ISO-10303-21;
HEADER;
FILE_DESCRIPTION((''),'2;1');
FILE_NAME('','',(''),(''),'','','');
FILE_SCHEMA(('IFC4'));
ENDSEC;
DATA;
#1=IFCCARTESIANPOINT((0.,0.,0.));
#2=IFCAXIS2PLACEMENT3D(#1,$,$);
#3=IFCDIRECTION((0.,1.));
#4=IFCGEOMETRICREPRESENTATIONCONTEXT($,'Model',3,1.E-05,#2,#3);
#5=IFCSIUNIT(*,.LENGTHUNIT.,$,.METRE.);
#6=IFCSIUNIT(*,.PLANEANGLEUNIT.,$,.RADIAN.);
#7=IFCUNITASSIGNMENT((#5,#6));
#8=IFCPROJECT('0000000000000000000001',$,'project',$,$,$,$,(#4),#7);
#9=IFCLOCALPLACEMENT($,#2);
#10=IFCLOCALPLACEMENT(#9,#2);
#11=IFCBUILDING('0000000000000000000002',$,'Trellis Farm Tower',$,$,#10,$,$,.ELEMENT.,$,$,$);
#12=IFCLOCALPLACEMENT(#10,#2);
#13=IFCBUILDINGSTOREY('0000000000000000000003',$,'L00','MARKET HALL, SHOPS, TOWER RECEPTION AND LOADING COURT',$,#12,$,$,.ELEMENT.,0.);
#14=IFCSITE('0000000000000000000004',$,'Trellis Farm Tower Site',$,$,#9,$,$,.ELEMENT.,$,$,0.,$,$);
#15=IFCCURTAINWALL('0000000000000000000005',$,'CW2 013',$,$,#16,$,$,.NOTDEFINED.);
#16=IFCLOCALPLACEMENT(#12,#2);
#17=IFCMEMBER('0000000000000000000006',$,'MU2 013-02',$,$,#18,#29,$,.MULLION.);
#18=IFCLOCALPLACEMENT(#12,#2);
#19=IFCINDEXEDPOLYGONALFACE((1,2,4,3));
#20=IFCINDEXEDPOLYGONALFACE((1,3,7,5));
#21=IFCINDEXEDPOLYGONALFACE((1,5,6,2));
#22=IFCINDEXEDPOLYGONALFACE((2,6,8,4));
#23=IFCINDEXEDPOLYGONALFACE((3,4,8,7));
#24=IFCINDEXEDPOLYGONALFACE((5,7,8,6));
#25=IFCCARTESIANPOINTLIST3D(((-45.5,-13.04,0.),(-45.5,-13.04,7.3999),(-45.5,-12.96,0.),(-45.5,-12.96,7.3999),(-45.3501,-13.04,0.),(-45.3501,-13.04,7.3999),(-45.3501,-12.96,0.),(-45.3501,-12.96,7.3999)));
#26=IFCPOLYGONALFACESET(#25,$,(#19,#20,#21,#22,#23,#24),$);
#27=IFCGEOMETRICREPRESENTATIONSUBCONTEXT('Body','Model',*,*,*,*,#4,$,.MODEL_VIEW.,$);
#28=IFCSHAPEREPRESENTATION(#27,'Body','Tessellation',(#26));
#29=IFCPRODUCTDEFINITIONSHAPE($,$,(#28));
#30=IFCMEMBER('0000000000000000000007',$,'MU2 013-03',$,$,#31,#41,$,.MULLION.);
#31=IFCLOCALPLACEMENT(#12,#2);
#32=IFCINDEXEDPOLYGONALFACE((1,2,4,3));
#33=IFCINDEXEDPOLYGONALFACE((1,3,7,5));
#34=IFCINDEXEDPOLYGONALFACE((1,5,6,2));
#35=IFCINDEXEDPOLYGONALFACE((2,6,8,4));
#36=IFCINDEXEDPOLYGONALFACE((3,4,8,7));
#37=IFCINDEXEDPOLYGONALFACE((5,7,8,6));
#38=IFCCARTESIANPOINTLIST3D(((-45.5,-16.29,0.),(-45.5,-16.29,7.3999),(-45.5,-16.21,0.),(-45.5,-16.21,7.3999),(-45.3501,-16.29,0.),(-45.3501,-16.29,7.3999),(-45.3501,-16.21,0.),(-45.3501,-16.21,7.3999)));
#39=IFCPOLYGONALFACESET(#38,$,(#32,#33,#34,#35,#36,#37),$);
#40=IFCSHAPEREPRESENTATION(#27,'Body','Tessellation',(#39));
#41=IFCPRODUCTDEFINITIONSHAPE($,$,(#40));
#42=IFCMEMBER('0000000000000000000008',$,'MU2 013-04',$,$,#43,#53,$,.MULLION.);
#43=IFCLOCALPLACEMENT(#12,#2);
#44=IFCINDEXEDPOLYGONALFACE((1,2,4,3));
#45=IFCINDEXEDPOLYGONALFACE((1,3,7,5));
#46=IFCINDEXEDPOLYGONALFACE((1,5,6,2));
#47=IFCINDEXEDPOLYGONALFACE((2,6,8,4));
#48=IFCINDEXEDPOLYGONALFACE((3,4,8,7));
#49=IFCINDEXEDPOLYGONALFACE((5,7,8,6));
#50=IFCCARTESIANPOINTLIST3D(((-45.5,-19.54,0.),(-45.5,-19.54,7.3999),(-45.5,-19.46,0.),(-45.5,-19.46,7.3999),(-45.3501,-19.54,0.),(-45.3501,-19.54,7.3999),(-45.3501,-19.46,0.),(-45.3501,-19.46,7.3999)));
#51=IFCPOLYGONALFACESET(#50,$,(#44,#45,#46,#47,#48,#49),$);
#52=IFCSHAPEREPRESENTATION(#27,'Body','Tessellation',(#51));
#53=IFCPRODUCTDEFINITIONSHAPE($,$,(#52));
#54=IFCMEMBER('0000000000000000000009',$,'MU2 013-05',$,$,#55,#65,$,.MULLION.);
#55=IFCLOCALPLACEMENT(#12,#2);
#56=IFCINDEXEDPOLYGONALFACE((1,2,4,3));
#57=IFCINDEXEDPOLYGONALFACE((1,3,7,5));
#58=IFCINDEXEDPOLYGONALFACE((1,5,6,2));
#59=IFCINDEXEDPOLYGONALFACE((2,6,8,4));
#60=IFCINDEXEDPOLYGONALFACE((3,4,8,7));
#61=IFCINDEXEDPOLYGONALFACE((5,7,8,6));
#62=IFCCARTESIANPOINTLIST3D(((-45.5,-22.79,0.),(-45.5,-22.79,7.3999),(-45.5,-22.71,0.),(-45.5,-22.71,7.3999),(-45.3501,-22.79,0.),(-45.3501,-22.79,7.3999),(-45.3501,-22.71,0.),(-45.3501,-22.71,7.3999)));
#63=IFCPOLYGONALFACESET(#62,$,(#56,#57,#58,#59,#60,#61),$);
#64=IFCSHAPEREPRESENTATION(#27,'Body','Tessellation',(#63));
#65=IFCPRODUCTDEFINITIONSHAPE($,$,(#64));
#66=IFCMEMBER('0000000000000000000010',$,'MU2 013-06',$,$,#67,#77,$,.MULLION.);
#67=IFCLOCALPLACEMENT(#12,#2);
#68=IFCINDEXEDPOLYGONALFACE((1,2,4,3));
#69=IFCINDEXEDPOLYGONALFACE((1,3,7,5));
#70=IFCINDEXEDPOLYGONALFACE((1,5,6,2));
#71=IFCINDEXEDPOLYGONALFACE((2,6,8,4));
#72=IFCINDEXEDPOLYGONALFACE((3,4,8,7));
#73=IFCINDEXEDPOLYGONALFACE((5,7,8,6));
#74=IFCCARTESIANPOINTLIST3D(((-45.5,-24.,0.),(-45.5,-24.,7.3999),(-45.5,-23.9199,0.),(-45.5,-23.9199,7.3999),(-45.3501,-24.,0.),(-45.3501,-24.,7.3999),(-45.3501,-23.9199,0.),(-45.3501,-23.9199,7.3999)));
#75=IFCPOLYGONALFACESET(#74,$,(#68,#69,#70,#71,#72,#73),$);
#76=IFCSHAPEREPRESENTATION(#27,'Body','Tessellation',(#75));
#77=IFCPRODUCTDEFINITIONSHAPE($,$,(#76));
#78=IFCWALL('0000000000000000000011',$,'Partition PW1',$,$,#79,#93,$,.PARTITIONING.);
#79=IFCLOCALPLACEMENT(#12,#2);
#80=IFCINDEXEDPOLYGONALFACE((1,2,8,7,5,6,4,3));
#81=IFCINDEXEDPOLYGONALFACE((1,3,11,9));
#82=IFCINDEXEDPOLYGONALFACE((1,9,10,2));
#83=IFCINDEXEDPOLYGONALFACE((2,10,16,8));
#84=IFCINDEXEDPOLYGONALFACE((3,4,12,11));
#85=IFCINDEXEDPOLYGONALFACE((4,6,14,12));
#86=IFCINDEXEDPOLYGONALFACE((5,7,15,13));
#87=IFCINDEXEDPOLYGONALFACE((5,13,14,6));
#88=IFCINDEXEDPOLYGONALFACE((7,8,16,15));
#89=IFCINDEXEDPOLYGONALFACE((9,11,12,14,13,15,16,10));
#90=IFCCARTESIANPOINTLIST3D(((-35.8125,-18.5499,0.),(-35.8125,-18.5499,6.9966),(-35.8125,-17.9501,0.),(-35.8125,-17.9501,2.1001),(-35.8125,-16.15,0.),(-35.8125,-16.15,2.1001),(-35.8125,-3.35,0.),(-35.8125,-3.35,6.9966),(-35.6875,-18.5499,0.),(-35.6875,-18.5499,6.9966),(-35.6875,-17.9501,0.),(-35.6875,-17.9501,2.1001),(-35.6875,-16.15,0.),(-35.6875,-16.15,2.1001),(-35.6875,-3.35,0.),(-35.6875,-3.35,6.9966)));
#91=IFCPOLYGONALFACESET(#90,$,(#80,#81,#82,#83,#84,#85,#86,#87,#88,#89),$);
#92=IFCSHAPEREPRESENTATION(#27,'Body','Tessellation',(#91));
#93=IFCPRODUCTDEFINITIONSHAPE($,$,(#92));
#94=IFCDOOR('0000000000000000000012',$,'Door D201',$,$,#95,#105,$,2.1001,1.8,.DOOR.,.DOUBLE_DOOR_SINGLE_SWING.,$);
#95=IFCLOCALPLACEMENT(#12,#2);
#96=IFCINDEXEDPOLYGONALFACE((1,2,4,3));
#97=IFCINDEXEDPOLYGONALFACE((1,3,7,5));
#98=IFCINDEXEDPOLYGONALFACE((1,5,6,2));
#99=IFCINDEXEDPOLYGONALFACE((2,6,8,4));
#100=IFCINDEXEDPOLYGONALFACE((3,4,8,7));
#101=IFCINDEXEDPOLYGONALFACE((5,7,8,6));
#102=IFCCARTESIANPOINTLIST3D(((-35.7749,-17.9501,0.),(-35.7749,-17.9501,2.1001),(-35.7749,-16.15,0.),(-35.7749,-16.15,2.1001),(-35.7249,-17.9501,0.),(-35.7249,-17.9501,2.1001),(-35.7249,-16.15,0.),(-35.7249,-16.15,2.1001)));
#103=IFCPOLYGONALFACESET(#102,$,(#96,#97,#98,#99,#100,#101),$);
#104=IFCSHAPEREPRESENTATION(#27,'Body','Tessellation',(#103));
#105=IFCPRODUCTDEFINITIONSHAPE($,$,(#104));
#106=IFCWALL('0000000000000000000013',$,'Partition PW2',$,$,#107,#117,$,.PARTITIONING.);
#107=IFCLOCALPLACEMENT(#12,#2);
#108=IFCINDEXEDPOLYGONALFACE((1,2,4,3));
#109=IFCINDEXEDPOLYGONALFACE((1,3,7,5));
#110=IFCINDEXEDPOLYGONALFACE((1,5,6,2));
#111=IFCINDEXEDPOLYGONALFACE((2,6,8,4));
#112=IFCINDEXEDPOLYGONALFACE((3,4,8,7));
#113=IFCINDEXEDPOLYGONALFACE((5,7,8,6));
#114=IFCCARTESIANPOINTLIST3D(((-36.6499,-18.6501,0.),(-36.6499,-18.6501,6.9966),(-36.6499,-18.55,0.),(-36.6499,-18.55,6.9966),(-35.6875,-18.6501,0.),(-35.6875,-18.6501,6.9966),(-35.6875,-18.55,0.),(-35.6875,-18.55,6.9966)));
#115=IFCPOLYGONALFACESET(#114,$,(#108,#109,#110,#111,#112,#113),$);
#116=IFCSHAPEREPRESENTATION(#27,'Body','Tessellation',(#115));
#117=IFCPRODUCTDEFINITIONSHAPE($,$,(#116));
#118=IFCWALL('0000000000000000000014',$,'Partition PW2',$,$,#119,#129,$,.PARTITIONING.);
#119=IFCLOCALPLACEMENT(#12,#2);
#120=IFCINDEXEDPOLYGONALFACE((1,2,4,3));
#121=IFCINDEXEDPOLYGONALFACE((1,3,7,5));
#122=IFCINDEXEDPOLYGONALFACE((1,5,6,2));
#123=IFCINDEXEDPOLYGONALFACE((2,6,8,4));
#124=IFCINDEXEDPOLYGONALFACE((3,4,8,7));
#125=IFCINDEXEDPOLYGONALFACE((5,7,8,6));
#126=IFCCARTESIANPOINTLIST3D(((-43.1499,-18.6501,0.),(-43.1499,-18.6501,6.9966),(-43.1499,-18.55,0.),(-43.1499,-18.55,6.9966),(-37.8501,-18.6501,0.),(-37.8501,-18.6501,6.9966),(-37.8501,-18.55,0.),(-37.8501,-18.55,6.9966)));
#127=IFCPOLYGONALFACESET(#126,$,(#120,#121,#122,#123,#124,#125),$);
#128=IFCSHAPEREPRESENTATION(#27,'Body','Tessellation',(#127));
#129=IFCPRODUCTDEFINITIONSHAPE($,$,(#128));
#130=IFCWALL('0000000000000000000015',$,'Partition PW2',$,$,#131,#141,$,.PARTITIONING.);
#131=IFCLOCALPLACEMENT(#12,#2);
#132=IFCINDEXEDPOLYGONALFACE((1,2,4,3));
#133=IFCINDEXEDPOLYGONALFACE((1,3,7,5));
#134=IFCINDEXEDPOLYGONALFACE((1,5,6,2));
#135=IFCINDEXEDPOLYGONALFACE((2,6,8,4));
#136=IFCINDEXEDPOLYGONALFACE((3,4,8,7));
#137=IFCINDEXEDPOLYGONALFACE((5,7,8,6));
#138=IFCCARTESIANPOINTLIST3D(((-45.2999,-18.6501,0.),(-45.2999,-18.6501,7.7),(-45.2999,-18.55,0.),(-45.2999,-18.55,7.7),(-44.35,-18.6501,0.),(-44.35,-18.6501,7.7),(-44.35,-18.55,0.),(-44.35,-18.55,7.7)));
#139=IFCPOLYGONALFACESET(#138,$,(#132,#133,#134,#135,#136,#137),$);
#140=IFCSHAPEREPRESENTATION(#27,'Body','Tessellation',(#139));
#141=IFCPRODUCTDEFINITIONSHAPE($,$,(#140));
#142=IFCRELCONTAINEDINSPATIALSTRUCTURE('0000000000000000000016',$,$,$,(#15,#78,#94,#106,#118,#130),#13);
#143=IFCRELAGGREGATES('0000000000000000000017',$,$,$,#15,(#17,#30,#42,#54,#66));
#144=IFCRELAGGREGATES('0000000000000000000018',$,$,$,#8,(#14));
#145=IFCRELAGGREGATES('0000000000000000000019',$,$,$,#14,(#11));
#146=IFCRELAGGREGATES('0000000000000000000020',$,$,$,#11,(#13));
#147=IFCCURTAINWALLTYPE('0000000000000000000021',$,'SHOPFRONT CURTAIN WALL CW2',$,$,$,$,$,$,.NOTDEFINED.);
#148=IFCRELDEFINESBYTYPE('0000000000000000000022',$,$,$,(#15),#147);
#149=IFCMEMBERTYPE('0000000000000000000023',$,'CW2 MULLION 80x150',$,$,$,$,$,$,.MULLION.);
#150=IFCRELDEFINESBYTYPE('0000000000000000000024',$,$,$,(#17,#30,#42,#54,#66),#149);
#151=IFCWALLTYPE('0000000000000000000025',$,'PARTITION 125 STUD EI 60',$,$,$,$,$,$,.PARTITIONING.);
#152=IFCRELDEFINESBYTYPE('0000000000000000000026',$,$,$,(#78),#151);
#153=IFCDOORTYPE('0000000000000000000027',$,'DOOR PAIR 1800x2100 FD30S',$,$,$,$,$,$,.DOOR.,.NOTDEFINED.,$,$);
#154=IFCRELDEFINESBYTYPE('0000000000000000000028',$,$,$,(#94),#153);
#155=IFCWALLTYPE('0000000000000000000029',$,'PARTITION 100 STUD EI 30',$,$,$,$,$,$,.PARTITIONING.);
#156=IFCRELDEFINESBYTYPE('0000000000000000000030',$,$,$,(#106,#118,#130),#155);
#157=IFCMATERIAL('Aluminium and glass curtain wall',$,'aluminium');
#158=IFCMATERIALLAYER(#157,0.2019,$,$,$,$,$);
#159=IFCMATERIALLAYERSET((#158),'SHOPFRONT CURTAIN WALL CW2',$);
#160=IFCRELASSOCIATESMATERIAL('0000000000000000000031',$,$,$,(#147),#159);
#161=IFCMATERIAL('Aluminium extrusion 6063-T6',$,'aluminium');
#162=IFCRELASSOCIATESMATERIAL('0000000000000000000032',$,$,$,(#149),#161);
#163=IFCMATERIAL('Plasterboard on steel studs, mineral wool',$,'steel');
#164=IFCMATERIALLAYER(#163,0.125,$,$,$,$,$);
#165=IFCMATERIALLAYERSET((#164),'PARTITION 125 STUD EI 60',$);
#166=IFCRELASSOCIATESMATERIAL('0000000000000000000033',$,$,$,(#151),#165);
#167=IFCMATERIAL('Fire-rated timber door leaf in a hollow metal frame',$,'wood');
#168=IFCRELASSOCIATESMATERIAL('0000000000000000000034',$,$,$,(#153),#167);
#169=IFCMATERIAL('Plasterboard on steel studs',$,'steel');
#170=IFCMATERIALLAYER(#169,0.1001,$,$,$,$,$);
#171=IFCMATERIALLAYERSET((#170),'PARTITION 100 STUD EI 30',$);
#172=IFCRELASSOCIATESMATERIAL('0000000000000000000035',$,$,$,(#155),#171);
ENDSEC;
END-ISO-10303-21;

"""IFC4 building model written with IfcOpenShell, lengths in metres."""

from ifc_helpers import new_model, si_unit, direction, frame, frame_2d, origin, origin_2d, place, context, subcontext, project, spatial, rectangle, extrude, source, transform, mapped, material, layer, layer_set, material_profile, profile_set, type_object, element, fill, aggregate, save


model = new_model("IFC4")

# Units and contexts
model_context = context("Model", 3, precision=1e-05, world=origin(), true_north=direction((0.0, 1.0)))
body_context = subcontext(model_context, "Body", "Model", "MODEL_VIEW")
ifc_project = project(units=[si_unit("LENGTHUNIT", "METRE"), si_unit("PLANEANGLEUNIT", "RADIAN")], contexts=[model_context])

# Site, building, storey
site_placement = place(None, origin())
site = spatial("IfcSite", under=ifc_project, at=site_placement, Name="Trellis Farm Tower Site", CompositionType="ELEMENT", RefElevation=0.0)
building_placement = place(site_placement, origin())
building = spatial("IfcBuilding", under=site, at=building_placement, Name="Trellis Farm Tower", CompositionType="ELEMENT")
storey_placement = place(building_placement, origin())
storey = spatial("IfcBuildingStorey", under=building, at=storey_placement, Name="L00", Description="MARKET HALL, SHOPS, TOWER RECEPTION AND LOADING COURT", CompositionType="ELEMENT", Elevation=0.0)

# Curtain wall, members
ifc_material_1 = material(Name="Aluminium and glass curtain wall", Category="aluminium")
ifc_layer_1 = layer(ifc_material_1, 0.2019)
ifc_layer_set_1 = layer_set([ifc_layer_1], Name="SHOPFRONT CURTAIN WALL CW2")
curtain_wall_type = type_object("IfcCurtainWallType", Name="SHOPFRONT CURTAIN WALL CW2", PredefinedType="NOTDEFINED", material=ifc_layer_set_1)
curtain_wall_placement = place(storey_placement, origin())
curtain_wall = element("IfcCurtainWall", 1, at=curtain_wall_placement, inside=storey, type_object=curtain_wall_type, Name="CW2 013", PredefinedType="NOTDEFINED")
ifc_material_2 = material(Name="Aluminium extrusion 6063-T6", Category="aluminium")
ifc_material_profile_1 = material_profile(ifc_material_2, rectangle(XDim=0.0801, YDim=0.1499, at=origin_2d()), Name="MULLION 80x150")
ifc_profile_set_1 = profile_set([ifc_material_profile_1], Name="Aluminium extrusion 6063-T6")
member_type = type_object("IfcMemberType", Name="CW2 MULLION 80x150", PredefinedType="MULLION", material=ifc_profile_set_1)
shared_shape_1 = source(origin(), body_context, "Body", "SweptSolid", [
    extrude(rectangle(XDim=0.0801, YDim=0.1499, at=origin_2d()), origin(), (0.0, 0.0, 1.0), 7.3999),
])
member_1_placement = place(storey_placement, frame((-45.425, -13.0, 0.0), z_axis=(0.0, 0.0, 1.0), x_axis=(0.0, -1.0, 0.0)))
member_1 = element("IfcMember", 2, at=member_1_placement, type_object=member_type, Name="MU2 013-02", PredefinedType="MULLION", context=body_context, shape_type="MappedRepresentation", body=[
    mapped(shared_shape_1, transform((0.0, 0.0, 0.0))),
])
member_2_placement = place(storey_placement, frame((-45.425, -16.25, 0.0), z_axis=(0.0, 0.0, 1.0), x_axis=(0.0, -1.0, 0.0)))
member_2 = element("IfcMember", 3, at=member_2_placement, type_object=member_type, Name="MU2 013-03", PredefinedType="MULLION", context=body_context, shape_type="MappedRepresentation", body=[
    mapped(shared_shape_1, transform((0.0, 0.0, 0.0))),
])
member_3_placement = place(storey_placement, frame((-45.425, -19.5, 0.0), z_axis=(0.0, 0.0, 1.0), x_axis=(0.0, -1.0, 0.0)))
member_3 = element("IfcMember", 4, at=member_3_placement, type_object=member_type, Name="MU2 013-04", PredefinedType="MULLION", context=body_context, shape_type="MappedRepresentation", body=[
    mapped(shared_shape_1, transform((0.0, 0.0, 0.0))),
])
member_4_placement = place(storey_placement, frame((-45.425, -22.75, 0.0), z_axis=(0.0, 0.0, 1.0), x_axis=(0.0, -1.0, 0.0)))
member_4 = element("IfcMember", 5, at=member_4_placement, type_object=member_type, Name="MU2 013-05", PredefinedType="MULLION", context=body_context, shape_type="MappedRepresentation", body=[
    mapped(shared_shape_1, transform((0.0, 0.0, 0.0))),
])
member_5_placement = place(storey_placement, frame((-45.425, -23.96, 0.0), z_axis=(0.0, 0.0, 1.0), x_axis=(0.0, -1.0, 0.0)))
member_5 = element("IfcMember", 6, at=member_5_placement, type_object=member_type, Name="MU2 013-06", PredefinedType="MULLION", context=body_context, shape_type="MappedRepresentation", body=[
    mapped(shared_shape_1, transform((0.0, 0.0, 0.0))),
])
aggregate(curtain_wall, [member_1, member_2, member_3, member_4, member_5])

# Wall, opening, door
ifc_material_3 = material(Name="Plasterboard on steel studs, mineral wool", Category="steel")
ifc_layer_2 = layer(ifc_material_3, 0.125)
ifc_layer_set_2 = layer_set([ifc_layer_2], Name="PARTITION 125 STUD EI 60")
wall_type_1 = type_object("IfcWallType", Name="PARTITION 125 STUD EI 60", PredefinedType="PARTITIONING", material=ifc_layer_set_2)
wall_1_placement = place(storey_placement, frame((-35.75, -18.55, 0.0), z_axis=(0.0, 0.0, 1.0), x_axis=(0.0, 1.0, 0.0)))
wall_1 = element("IfcWall", 7, at=wall_1_placement, inside=storey, type_object=wall_type_1, Name="Partition PW1", PredefinedType="PARTITIONING", context=body_context, shape_type="SweptSolid", body=[
    extrude(rectangle(XDim=15.2, YDim=0.125, at=frame_2d((7.6001, 0.0))), origin(), (0.0, 0.0, 1.0), 6.9966),
])
shared_shape_2 = source(origin(), body_context, "Body", "SweptSolid", [
    extrude(rectangle(XDim=1.8, YDim=2.1001, at=frame_2d((0.8999, 1.05))), frame((0.0, 0.0725, 0.0), z_axis=(0.0, -1.0, 0.0), x_axis=(1.0, 0.0, 0.0)), (0.0, 0.0, 1.0), 0.145),
])
opening_placement = place(wall_1_placement, frame((0.6001, 0.0, 0.0)))
opening = element("IfcOpeningElement", 8, at=opening_placement, cuts=wall_1, PredefinedType="OPENING", context=body_context, shape_type="MappedRepresentation", body=[
    mapped(shared_shape_2, transform((0.0, 0.0, 0.0))),
])
ifc_material_4 = material(Name="Fire-rated timber door leaf in a hollow metal frame", Category="wood")
door_type = type_object("IfcDoorType", Name="DOOR PAIR 1800x2100 FD30S", OperationType="NOTDEFINED", PredefinedType="DOOR", material=ifc_material_4)
shared_shape_3 = source(origin(), body_context, "Body", "SweptSolid", [
    extrude(rectangle(XDim=1.8, YDim=2.1001, at=frame_2d((0.8999, 1.05))), frame((0.0, 0.0249, 0.0), z_axis=(0.0, -1.0, 0.0), x_axis=(1.0, 0.0, 0.0)), (0.0, 0.0, 1.0), 0.05),
])
door_placement = place(opening_placement, origin())
door = element("IfcDoor", 9, at=door_placement, inside=storey, type_object=door_type, Name="Door D201", OperationType="DOUBLE_DOOR_SINGLE_SWING", OverallHeight=2.1001, OverallWidth=1.8, PredefinedType="DOOR", context=body_context, shape_type="MappedRepresentation", body=[
    mapped(shared_shape_3, transform((0.0, 0.0, 0.0))),
])
fill(opening, door)

# Walls
ifc_material_5 = material(Name="Plasterboard on steel studs", Category="steel")
ifc_layer_3 = layer(ifc_material_5, 0.1001)
ifc_layer_set_3 = layer_set([ifc_layer_3], Name="PARTITION 100 STUD EI 30")
wall_type_2 = type_object("IfcWallType", Name="PARTITION 100 STUD EI 30", PredefinedType="PARTITIONING", material=ifc_layer_set_3)
shared_shape_4 = source(origin(), body_context, "Body", "SweptSolid", [
    extrude(rectangle(XDim=0.9624, YDim=0.1001, at=frame_2d((0.4812, 0.0))), origin(), (0.0, 0.0, 1.0), 6.9966),
])
wall_2_placement = place(storey_placement, frame((-36.6499, -18.6001, 0.0), z_axis=(0.0, 0.0, 1.0), x_axis=(1.0, 0.0, 0.0)))
element("IfcWall", 10, at=wall_2_placement, inside=storey, type_object=wall_type_2, Name="Partition PW2", PredefinedType="PARTITIONING", context=body_context, shape_type="MappedRepresentation", body=[
    mapped(shared_shape_4, transform((0.0, 0.0, 0.0))),
])
shared_shape_5 = source(origin(), body_context, "Body", "SweptSolid", [
    extrude(rectangle(XDim=5.2998, YDim=0.1001, at=frame_2d((2.6499, 0.0))), origin(), (0.0, 0.0, 1.0), 6.9966),
])
wall_3_placement = place(storey_placement, frame((-43.1499, -18.6001, 0.0), z_axis=(0.0, 0.0, 1.0), x_axis=(1.0, 0.0, 0.0)))
element("IfcWall", 11, at=wall_3_placement, inside=storey, type_object=wall_type_2, Name="Partition PW2", PredefinedType="PARTITIONING", context=body_context, shape_type="MappedRepresentation", body=[
    mapped(shared_shape_5, transform((0.0, 0.0, 0.0))),
])
shared_shape_6 = source(origin(), body_context, "Body", "SweptSolid", [
    extrude(rectangle(XDim=0.95, YDim=0.1001, at=frame_2d((0.4751, 0.0))), origin(), (0.0, 0.0, 1.0), 7.7),
])
wall_4_placement = place(storey_placement, frame((-45.3, -18.6001, 0.0), z_axis=(0.0, 0.0, 1.0), x_axis=(1.0, 0.0, 0.0)))
element("IfcWall", 12, at=wall_4_placement, inside=storey, type_object=wall_type_2, Name="Partition PW2", PredefinedType="PARTITIONING", context=body_context, shape_type="MappedRepresentation", body=[
    mapped(shared_shape_6, transform((0.0, 0.0, 0.0))),
])

save(model, "model.ifc")
